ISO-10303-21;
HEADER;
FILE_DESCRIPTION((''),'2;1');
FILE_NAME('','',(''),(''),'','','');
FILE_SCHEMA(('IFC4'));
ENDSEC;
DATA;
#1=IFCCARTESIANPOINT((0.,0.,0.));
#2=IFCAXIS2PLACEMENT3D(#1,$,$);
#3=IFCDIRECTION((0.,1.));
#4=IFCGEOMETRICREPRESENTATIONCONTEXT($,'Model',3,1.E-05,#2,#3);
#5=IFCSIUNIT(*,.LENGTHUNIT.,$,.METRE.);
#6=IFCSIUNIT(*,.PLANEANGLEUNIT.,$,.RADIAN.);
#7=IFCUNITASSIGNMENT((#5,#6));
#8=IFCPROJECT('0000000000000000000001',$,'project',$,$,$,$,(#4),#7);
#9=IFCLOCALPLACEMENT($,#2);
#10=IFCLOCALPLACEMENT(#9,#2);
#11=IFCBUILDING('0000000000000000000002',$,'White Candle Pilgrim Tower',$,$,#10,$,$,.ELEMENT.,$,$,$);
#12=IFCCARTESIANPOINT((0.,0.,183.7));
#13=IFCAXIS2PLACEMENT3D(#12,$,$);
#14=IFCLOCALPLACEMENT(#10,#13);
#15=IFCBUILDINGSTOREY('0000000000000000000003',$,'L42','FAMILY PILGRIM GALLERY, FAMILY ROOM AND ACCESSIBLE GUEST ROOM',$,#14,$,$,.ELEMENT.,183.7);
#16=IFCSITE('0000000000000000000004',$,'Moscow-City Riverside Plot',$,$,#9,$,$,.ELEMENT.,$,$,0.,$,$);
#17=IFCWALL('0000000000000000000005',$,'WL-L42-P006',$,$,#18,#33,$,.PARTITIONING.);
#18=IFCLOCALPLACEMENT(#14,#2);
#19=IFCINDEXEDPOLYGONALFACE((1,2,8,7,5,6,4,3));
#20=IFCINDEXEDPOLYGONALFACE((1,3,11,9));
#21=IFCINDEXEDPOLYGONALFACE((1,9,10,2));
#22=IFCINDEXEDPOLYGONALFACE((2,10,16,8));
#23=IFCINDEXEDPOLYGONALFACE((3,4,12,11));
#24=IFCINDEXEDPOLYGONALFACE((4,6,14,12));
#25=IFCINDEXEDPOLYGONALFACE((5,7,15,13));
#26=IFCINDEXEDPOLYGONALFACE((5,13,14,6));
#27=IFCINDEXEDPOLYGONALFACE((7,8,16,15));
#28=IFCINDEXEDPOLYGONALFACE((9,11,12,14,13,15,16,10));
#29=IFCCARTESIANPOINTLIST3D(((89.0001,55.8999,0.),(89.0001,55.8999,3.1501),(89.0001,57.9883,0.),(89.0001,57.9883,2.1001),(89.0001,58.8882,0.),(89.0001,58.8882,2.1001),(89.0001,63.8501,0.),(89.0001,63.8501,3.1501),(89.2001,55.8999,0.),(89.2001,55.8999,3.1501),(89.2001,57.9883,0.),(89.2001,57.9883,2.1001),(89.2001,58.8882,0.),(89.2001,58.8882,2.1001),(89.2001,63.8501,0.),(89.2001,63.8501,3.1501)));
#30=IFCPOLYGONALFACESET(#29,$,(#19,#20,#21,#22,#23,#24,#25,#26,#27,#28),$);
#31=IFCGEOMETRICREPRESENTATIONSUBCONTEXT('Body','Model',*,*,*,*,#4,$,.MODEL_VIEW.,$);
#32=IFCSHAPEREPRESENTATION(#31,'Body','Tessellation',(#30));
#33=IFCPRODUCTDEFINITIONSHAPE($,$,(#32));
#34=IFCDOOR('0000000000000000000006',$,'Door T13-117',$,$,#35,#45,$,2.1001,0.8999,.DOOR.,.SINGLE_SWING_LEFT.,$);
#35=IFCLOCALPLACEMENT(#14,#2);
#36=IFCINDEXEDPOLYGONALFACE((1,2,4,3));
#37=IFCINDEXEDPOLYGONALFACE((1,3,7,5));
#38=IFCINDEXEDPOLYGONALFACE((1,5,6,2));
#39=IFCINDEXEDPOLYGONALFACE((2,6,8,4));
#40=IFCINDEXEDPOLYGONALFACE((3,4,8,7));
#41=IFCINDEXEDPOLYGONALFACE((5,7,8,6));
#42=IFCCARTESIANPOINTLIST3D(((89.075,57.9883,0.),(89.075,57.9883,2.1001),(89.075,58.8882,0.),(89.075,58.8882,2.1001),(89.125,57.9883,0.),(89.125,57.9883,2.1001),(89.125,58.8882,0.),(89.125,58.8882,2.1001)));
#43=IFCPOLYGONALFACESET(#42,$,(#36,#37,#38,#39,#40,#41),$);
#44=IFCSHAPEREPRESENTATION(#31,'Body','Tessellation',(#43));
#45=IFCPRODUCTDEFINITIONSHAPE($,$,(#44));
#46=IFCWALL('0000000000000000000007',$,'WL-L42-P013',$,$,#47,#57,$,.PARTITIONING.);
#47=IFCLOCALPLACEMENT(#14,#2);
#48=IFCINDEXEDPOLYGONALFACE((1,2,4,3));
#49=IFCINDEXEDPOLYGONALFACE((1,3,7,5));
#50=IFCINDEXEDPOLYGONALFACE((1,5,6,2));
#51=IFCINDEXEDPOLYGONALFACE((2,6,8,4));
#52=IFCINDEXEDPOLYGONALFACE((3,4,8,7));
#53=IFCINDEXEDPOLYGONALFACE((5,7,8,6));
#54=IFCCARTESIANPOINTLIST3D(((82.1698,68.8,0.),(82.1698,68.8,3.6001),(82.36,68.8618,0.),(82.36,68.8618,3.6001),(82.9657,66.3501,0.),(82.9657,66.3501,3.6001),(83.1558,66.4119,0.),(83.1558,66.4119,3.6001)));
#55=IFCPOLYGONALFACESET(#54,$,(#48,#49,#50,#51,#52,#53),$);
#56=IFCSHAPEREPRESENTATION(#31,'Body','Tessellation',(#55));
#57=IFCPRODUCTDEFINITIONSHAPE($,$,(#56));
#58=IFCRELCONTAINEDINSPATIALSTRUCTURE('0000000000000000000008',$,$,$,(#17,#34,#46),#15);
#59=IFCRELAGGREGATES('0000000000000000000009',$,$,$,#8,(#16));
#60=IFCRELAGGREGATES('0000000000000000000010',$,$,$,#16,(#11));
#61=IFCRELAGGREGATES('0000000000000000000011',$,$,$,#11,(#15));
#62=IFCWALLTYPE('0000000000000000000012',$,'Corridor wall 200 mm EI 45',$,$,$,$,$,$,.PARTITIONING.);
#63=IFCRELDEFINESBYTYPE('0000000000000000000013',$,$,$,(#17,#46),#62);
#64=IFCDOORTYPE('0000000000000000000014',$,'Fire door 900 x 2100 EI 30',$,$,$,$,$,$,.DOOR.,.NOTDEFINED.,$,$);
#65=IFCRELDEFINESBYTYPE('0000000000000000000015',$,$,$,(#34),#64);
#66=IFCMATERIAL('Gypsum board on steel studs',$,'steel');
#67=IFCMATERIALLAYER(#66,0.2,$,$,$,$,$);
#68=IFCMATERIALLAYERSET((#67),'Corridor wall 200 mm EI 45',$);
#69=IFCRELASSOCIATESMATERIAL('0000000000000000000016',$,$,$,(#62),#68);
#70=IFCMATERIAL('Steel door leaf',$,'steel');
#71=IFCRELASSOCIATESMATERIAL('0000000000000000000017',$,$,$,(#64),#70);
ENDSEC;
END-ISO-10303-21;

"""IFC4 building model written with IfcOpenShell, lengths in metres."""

from ifc_helpers import new_model, si_unit, direction, frame, frame_2d, origin, place, context, subcontext, project, spatial, rectangle, extrude, material, layer, layer_set, type_object, element, fill, save


model = new_model("IFC4")

# Units and contexts
model_context = context("Model", 3, precision=1e-05, world=origin(), true_north=direction((0.0, 1.0)))
body_context = subcontext(model_context, "Body", "Model", "MODEL_VIEW")
ifc_project = project(units=[si_unit("LENGTHUNIT", "METRE"), si_unit("PLANEANGLEUNIT", "RADIAN")], contexts=[model_context])

# Site, building, storey
site_placement = place(None, origin())
site = spatial("IfcSite", under=ifc_project, at=site_placement, Name="Moscow-City Riverside Plot", CompositionType="ELEMENT", RefElevation=0.0)
building_placement = place(site_placement, origin())
building = spatial("IfcBuilding", under=site, at=building_placement, Name="White Candle Pilgrim Tower", CompositionType="ELEMENT")
storey_placement = place(building_placement, frame((0.0, 0.0, 183.7)))
storey = spatial("IfcBuildingStorey", under=building, at=storey_placement, Name="L42", Description="FAMILY PILGRIM GALLERY, FAMILY ROOM AND ACCESSIBLE GUEST ROOM", CompositionType="ELEMENT", Elevation=183.7)

# Wall, opening, door
ifc_material_1 = material(Name="Gypsum board on steel studs", Category="steel")
ifc_layer_1 = layer(ifc_material_1, 0.2)
ifc_layer_set_1 = layer_set([ifc_layer_1], Name="Corridor wall 200 mm EI 45")
wall_type_1 = type_object("IfcWallType", Name="Corridor wall 200 mm EI 45", PredefinedType="PARTITIONING", material=ifc_layer_set_1)
wall_1_placement = place(storey_placement, frame((89.1001, 63.8501, 0.0), z_axis=(0.0, 0.0, 1.0), x_axis=(0.0, -1.0, 0.0)))
wall_1 = element("IfcWall", 1, at=wall_1_placement, inside=storey, type_object=wall_type_1, Name="WL-L42-P006", PredefinedType="PARTITIONING", context=body_context, shape_type="SweptSolid", body=[
    extrude(rectangle(XDim=7.9502, YDim=0.2, at=frame_2d((3.9751, 0.0))), origin(), (0.0, 0.0, 1.0), 3.1501),
])
opening_1_placement = place(wall_1_placement, frame((4.9619, 0.0, 0.0)))
opening_1 = element("IfcOpeningElement", 2, at=opening_1_placement, cuts=wall_1, PredefinedType="OPENING", context=body_context, shape_type="SweptSolid", body=[
    extrude(rectangle(XDim=0.8999, YDim=2.1001, at=frame_2d((0.45, 1.05))), frame((0.0, 0.1099, 0.0), z_axis=(0.0, -1.0, 0.0), x_axis=(1.0, 0.0, 0.0)), (0.0, 0.0, 1.0), 0.22),
])
ifc_material_2 = material(Name="Steel door leaf", Category="steel")
door_type_1 = type_object("IfcDoorType", Name="Fire door 900 x 2100 EI 30", OperationType="NOTDEFINED", PredefinedType="DOOR", material=ifc_material_2)
door_1_placement = place(opening_1_placement, origin())
door_1 = element("IfcDoor", 3, at=door_1_placement, inside=storey, type_object=door_type_1, Name="Door T13-117", OperationType="SINGLE_SWING_LEFT", OverallHeight=2.1001, OverallWidth=0.8999, PredefinedType="DOOR", context=body_context, shape_type="SweptSolid", body=[
    extrude(rectangle(XDim=0.8999, YDim=2.1001, at=frame_2d((0.45, 1.05))), frame((0.0, 0.0249, 0.0), z_axis=(0.0, -1.0, 0.0), x_axis=(1.0, 0.0, 0.0)), (0.0, 0.0, 1.0), 0.05),
])
fill(opening_1, door_1)

# Wall
wall_2_placement = place(storey_placement, frame((83.0608, 66.3809, 0.0), z_axis=(0.0, 0.0, 1.0), x_axis=(-0.308968, 0.951072, 0.0)))
element("IfcWall", 4, at=wall_2_placement, inside=storey, type_object=wall_type_1, Name="WL-L42-P013", PredefinedType="PARTITIONING", context=body_context, shape_type="SweptSolid", body=[
    extrude(rectangle(XDim=2.5759, YDim=0.2, at=frame_2d((1.2881, 0.0))), origin(), (0.0, 0.0, 1.0), 3.6001),
])

save(model, "model.ifc")
